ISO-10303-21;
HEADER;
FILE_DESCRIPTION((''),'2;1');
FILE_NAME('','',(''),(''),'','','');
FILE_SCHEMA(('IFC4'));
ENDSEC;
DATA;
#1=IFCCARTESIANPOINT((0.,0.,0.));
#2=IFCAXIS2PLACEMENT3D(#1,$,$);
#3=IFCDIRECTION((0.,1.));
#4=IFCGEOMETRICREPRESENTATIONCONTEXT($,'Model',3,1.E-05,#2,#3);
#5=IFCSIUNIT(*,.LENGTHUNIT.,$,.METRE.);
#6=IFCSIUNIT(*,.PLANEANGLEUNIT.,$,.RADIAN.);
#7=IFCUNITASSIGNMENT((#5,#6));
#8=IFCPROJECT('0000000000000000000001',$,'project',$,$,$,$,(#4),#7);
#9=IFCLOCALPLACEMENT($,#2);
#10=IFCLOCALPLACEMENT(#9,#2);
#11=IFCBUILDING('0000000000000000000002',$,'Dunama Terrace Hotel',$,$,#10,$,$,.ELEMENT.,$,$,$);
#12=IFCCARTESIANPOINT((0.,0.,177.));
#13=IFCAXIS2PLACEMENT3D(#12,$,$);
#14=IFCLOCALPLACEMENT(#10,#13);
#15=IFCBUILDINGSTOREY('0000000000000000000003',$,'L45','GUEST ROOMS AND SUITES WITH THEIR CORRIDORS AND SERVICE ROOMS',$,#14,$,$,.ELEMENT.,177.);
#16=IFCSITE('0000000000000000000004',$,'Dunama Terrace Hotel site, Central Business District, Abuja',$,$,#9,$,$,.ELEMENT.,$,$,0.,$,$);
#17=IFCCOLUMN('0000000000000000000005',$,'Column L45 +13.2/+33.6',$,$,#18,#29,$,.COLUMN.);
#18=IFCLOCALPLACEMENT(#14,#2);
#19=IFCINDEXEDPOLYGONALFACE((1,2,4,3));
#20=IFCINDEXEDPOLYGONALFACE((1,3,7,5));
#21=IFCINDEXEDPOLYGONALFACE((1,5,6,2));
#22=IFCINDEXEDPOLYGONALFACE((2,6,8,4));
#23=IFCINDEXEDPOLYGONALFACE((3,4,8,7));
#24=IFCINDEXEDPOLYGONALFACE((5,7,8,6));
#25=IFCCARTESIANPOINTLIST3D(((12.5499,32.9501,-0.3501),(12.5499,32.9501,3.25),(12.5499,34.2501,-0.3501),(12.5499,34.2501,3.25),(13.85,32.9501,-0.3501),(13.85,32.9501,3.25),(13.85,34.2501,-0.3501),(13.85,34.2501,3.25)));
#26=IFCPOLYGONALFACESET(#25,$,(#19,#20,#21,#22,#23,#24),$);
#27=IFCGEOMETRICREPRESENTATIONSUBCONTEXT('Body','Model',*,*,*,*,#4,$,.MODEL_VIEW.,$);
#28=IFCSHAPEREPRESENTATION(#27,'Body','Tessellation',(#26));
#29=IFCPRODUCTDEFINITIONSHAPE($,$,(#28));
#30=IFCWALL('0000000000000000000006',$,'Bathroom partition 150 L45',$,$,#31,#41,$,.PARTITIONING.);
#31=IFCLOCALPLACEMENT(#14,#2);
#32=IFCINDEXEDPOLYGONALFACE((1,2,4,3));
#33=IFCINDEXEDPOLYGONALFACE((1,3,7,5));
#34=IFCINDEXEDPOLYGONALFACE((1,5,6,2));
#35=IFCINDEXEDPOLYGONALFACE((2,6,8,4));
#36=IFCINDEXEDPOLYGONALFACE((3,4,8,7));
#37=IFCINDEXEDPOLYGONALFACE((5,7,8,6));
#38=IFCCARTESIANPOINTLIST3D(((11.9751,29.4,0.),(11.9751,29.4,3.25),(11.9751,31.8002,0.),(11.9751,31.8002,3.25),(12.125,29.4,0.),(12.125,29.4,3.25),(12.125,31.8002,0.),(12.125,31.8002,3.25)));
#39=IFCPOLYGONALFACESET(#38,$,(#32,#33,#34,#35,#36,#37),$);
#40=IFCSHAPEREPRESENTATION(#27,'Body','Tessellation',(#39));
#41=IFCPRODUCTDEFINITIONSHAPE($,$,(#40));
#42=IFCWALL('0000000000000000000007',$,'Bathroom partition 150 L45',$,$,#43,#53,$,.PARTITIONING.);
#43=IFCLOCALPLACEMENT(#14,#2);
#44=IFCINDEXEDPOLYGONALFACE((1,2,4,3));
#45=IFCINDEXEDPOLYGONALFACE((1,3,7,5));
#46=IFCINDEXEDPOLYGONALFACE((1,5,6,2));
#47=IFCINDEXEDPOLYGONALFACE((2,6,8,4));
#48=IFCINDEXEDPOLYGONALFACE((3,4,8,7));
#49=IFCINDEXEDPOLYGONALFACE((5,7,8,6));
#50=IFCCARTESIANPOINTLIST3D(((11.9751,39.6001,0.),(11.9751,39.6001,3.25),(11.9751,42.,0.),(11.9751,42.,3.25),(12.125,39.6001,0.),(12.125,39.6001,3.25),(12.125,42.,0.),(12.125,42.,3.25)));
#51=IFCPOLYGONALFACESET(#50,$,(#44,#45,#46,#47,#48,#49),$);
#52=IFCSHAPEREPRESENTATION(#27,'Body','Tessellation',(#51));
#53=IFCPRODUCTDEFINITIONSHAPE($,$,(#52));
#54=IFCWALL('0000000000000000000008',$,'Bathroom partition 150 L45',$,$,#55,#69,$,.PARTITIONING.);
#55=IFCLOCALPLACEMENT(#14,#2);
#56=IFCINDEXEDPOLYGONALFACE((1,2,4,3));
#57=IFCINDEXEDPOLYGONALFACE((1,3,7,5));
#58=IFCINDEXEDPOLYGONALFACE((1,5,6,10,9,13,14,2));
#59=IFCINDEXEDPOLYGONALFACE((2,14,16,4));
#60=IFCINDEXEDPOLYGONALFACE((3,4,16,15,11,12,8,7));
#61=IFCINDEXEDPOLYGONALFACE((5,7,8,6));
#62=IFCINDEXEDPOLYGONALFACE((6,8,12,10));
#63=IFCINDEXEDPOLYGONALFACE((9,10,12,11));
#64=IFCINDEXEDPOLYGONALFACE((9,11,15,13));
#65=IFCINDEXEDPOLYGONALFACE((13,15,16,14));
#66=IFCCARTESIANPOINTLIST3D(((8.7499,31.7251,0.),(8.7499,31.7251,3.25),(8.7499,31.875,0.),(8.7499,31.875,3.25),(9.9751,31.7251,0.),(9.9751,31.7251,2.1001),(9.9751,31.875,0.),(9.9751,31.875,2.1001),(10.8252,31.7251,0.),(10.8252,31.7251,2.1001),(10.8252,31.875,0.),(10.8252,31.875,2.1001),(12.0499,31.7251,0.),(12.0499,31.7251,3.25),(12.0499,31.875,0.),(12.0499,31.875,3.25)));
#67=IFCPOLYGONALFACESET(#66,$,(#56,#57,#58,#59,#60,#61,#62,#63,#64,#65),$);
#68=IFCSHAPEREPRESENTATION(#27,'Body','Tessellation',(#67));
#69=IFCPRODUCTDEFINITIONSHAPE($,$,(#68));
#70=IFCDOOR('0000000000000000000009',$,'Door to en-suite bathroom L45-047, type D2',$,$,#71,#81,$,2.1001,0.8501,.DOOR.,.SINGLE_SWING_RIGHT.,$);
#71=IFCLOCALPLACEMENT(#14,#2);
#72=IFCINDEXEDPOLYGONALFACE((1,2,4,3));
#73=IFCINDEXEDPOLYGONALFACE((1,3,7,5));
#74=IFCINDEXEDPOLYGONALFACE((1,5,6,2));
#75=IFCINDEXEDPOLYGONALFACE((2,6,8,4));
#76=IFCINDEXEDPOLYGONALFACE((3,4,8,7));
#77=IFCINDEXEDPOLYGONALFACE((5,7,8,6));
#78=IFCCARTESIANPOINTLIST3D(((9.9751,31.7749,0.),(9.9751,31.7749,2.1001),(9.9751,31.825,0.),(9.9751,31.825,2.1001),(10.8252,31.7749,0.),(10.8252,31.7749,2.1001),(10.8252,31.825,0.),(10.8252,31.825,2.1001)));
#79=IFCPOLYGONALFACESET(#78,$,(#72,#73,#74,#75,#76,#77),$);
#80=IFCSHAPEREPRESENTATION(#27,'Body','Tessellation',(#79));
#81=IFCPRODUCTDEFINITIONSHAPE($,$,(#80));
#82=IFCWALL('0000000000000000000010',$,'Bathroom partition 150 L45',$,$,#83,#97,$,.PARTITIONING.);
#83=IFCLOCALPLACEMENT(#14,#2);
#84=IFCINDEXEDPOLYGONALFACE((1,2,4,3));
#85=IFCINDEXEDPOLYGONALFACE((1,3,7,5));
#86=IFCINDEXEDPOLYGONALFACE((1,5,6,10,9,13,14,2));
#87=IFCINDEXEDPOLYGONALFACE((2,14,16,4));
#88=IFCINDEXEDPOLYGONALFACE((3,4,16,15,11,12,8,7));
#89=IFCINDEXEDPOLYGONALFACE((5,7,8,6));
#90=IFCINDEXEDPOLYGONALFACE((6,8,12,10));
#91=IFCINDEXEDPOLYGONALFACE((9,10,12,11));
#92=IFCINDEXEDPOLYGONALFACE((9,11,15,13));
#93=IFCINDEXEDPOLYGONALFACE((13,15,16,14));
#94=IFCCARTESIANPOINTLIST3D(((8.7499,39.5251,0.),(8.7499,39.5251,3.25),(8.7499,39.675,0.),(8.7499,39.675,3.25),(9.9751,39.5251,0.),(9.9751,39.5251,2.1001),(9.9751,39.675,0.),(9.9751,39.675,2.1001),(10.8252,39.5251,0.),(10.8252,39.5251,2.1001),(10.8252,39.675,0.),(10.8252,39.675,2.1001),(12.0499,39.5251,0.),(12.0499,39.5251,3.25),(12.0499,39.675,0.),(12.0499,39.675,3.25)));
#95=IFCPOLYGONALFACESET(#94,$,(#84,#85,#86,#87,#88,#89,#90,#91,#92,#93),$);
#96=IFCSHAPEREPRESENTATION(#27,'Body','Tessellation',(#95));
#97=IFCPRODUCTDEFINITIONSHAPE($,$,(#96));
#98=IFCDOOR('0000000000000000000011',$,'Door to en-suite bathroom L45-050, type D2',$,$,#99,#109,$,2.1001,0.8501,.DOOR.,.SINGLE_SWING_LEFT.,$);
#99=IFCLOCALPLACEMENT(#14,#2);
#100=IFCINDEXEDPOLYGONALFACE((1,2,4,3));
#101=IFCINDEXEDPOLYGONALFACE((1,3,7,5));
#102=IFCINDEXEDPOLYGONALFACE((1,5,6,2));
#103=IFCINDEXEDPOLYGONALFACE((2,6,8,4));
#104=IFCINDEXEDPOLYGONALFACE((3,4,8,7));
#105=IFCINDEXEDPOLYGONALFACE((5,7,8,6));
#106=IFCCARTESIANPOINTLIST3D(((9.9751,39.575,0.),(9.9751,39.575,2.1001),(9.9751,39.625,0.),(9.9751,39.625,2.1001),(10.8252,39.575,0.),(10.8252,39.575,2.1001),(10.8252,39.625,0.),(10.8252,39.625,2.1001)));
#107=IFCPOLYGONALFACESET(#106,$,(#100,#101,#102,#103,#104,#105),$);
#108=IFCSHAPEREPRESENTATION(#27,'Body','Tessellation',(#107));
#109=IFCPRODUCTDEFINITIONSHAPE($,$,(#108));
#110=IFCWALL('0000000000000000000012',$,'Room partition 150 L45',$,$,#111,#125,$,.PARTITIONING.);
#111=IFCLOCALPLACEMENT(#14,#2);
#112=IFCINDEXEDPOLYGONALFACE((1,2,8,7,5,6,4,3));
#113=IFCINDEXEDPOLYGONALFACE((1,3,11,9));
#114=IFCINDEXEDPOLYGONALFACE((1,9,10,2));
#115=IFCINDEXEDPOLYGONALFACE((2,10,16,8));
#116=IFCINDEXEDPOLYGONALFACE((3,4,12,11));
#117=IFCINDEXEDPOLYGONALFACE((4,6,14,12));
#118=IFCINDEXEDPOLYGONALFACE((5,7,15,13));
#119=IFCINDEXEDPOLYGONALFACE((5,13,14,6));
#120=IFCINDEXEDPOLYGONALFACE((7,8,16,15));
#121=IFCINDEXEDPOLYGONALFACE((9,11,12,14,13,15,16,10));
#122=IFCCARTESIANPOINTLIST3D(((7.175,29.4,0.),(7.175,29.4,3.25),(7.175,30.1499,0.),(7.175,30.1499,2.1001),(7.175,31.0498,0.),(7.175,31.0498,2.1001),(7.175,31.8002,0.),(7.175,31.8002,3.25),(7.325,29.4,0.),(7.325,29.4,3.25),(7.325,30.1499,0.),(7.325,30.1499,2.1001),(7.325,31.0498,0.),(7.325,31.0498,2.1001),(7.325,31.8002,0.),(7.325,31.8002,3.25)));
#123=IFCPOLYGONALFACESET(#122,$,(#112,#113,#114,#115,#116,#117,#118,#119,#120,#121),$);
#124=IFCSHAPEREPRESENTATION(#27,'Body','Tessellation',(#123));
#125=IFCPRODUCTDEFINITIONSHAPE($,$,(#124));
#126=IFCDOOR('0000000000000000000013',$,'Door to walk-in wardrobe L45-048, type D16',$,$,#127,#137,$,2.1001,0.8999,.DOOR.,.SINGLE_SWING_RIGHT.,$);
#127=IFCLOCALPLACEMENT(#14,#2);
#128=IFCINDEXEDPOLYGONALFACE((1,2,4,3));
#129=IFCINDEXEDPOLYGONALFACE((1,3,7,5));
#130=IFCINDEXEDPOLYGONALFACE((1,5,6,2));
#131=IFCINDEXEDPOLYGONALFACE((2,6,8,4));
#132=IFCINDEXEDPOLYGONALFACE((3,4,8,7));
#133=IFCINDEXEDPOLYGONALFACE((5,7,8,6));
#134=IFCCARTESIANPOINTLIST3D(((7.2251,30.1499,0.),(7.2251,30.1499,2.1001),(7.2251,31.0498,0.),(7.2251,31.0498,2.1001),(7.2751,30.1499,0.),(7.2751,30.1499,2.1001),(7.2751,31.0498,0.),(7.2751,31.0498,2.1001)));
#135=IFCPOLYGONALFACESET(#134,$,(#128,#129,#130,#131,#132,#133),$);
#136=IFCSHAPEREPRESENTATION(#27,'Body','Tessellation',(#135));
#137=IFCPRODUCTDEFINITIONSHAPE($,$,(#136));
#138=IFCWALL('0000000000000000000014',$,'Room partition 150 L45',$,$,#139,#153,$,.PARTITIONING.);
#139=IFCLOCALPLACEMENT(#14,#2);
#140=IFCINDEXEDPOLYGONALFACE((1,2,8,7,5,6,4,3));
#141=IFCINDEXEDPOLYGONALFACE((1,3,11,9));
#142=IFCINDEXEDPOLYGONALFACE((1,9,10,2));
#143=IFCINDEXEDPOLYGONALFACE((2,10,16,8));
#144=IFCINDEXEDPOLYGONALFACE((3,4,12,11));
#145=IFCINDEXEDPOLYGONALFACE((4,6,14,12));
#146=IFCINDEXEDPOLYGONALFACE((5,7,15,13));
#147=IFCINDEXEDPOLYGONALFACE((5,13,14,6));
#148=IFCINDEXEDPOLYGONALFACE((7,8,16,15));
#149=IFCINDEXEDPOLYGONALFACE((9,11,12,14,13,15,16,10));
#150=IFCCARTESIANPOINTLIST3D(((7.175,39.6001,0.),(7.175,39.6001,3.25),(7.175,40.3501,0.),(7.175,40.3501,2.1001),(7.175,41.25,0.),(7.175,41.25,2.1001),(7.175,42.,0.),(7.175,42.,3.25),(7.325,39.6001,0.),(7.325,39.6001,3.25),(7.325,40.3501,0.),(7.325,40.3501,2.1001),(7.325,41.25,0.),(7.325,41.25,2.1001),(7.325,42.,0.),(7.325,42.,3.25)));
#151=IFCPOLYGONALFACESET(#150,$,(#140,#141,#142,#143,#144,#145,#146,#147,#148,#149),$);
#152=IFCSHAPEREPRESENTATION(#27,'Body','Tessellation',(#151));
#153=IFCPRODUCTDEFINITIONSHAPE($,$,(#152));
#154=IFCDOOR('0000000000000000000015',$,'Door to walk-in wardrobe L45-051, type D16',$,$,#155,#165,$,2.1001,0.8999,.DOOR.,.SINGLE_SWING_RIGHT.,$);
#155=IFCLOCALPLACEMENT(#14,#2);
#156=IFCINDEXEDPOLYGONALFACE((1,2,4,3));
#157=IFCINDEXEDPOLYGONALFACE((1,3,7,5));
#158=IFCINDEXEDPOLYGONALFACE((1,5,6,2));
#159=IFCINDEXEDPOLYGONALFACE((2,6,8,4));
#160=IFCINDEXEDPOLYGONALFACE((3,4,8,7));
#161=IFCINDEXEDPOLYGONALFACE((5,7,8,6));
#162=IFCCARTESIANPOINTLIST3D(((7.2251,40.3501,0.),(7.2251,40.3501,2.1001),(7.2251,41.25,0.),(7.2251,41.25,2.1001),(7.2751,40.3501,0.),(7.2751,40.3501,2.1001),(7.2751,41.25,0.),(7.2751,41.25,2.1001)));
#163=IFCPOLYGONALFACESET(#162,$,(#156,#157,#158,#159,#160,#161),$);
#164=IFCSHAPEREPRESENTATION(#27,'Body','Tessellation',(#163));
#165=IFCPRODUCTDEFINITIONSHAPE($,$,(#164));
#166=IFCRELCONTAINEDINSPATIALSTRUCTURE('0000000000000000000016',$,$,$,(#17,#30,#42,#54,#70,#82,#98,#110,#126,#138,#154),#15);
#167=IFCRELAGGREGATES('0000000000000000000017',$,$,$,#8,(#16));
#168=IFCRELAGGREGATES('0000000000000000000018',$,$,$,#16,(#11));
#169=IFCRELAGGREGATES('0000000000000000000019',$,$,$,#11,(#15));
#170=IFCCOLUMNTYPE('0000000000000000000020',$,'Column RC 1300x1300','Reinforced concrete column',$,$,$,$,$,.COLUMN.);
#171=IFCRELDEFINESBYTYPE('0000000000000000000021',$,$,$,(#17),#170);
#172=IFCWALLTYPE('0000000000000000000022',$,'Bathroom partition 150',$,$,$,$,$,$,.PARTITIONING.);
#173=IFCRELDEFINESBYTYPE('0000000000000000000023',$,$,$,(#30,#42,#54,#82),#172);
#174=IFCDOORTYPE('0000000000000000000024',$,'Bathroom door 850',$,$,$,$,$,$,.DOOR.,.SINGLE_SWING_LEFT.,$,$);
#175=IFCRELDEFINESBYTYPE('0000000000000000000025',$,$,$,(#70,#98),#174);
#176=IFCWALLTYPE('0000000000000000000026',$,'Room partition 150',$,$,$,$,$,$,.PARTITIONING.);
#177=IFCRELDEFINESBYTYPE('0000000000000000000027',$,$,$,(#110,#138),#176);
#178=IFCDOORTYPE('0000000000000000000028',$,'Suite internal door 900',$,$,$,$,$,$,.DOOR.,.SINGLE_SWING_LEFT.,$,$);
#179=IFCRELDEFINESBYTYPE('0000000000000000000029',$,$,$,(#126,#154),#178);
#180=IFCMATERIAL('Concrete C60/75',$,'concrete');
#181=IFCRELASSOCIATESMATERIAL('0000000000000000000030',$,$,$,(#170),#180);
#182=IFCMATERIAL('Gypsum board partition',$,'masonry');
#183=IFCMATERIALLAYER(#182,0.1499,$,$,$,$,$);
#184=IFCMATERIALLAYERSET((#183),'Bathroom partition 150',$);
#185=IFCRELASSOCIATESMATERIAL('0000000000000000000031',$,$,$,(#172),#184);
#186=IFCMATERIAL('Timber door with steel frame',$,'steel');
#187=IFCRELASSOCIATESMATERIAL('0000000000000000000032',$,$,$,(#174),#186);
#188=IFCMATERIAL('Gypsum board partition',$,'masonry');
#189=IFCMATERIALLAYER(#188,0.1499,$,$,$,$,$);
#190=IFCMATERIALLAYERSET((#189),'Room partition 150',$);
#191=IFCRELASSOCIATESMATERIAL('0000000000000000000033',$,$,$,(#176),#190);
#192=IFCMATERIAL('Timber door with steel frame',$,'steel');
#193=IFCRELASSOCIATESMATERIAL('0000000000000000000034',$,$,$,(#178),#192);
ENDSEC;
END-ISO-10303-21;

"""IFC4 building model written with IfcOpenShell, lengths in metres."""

from ifc_helpers import new_model, si_unit, direction, frame, frame_2d, origin, origin_2d, place, context, subcontext, project, spatial, rectangle, extrude, material, layer, layer_set, material_profile, profile_set, type_object, element, fill, save


model = new_model("IFC4")

# Units and contexts
model_context = context("Model", 3, precision=1e-05, world=origin(), true_north=direction((0.0, 1.0)))
body_context = subcontext(model_context, "Body", "Model", "MODEL_VIEW")
ifc_project = project(units=[si_unit("LENGTHUNIT", "METRE"), si_unit("PLANEANGLEUNIT", "RADIAN")], contexts=[model_context])

# Site, building, storey
site_placement = place(None, origin())
site = spatial("IfcSite", under=ifc_project, at=site_placement, Name="Dunama Terrace Hotel site, Central Business District, Abuja", CompositionType="ELEMENT", RefElevation=0.0)
building_placement = place(site_placement, origin())
building = spatial("IfcBuilding", under=site, at=building_placement, Name="Dunama Terrace Hotel", CompositionType="ELEMENT")
storey_placement = place(building_placement, frame((0.0, 0.0, 177.0)))
storey = spatial("IfcBuildingStorey", under=building, at=storey_placement, Name="L45", Description="GUEST ROOMS AND SUITES WITH THEIR CORRIDORS AND SERVICE ROOMS", CompositionType="ELEMENT", Elevation=177.0)

# Column
ifc_material_1 = material(Name="Concrete C60/75", Category="concrete")
ifc_material_profile = material_profile(ifc_material_1, rectangle(XDim=1.3, YDim=1.3, at=origin_2d()), Name="RC 1300x1300")
ifc_profile_set = profile_set([ifc_material_profile], Name="Concrete C60/75")
column_type = type_object("IfcColumnType", Name="Column RC 1300x1300", Description="Reinforced concrete column", PredefinedType="COLUMN", material=ifc_profile_set)
column_placement = place(storey_placement, frame((13.2, 33.6001, -0.3501), z_axis=(0.0, 0.0, 1.0), x_axis=(1.0, 0.0, 0.0)))
element("IfcColumn", 1, at=column_placement, inside=storey, type_object=column_type, Name="Column L45 +13.2/+33.6", PredefinedType="COLUMN", context=body_context, shape_type="SweptSolid", body=[
    extrude(rectangle(XDim=1.3, YDim=1.3, at=origin_2d()), origin(), (0.0, 0.0, 1.0), 3.6001),
])

# Walls
ifc_material_2 = material(Name="Gypsum board partition", Category="masonry")
ifc_layer_1 = layer(ifc_material_2, 0.1499)
ifc_layer_set_1 = layer_set([ifc_layer_1], Name="Bathroom partition 150")
wall_type_1 = type_object("IfcWallType", Name="Bathroom partition 150", PredefinedType="PARTITIONING", material=ifc_layer_set_1)
wall_1_placement = place(storey_placement, frame((12.05, 29.3999, 0.0), z_axis=(0.0, 0.0, 1.0), x_axis=(0.0, 1.0, 0.0)))
element("IfcWall", 2, at=wall_1_placement, inside=storey, type_object=wall_type_1, Name="Bathroom partition 150 L45", PredefinedType="PARTITIONING", context=body_context, shape_type="SweptSolid", body=[
    extrude(rectangle(XDim=2.4001, YDim=0.1499, at=frame_2d((1.2002, 0.0))), origin(), (0.0, 0.0, 1.0), 3.25),
])
wall_2_placement = place(storey_placement, frame((12.05, 39.6001, 0.0), z_axis=(0.0, 0.0, 1.0), x_axis=(0.0, 1.0, 0.0)))
element("IfcWall", 3, at=wall_2_placement, inside=storey, type_object=wall_type_1, Name="Bathroom partition 150 L45", PredefinedType="PARTITIONING", context=body_context, shape_type="SweptSolid", body=[
    extrude(rectangle(XDim=2.3999, YDim=0.1499, at=frame_2d((1.2, 0.0))), origin(), (0.0, 0.0, 1.0), 3.25),
])

# Walls, openings, doors
wall_3_placement = place(storey_placement, frame((8.75, 31.8, 0.0), z_axis=(0.0, 0.0, 1.0), x_axis=(1.0, 0.0, 0.0)))
wall_3 = element("IfcWall", 4, at=wall_3_placement, inside=storey, type_object=wall_type_1, Name="Bathroom partition 150 L45", PredefinedType="PARTITIONING", context=body_context, shape_type="SweptSolid", body=[
    extrude(rectangle(XDim=3.3, YDim=0.1499, at=frame_2d((1.6499, 0.0))), origin(), (0.0, 0.0, 1.0), 3.25),
])
opening_1_placement = place(wall_3_placement, frame((1.2251, 0.0, 0.0)))
opening_1 = element("IfcOpeningElement", 5, at=opening_1_placement, cuts=wall_3, PredefinedType="OPENING", context=body_context, shape_type="SweptSolid", body=[
    extrude(rectangle(XDim=0.8501, YDim=2.1001, at=frame_2d((0.425, 1.05))), frame((0.0, 0.085, 0.0), z_axis=(0.0, -1.0, 0.0), x_axis=(1.0, 0.0, 0.0)), (0.0, 0.0, 1.0), 0.1699),
])
ifc_material_3 = material(Name="Timber door with steel frame", Category="steel")
door_type_1 = type_object("IfcDoorType", Name="Bathroom door 850", OperationType="SINGLE_SWING_LEFT", PredefinedType="DOOR", material=ifc_material_3)
door_1_placement = place(opening_1_placement, frame((0.8501, 0.0, 0.0), z_axis=(0.0, 0.0, 1.0), x_axis=(-1.0, 0.0, 0.0)))
door_1 = element("IfcDoor", 6, at=door_1_placement, inside=storey, type_object=door_type_1, Name="Door to en-suite bathroom L45-047, type D2", OperationType="SINGLE_SWING_RIGHT", OverallHeight=2.1001, OverallWidth=0.8501, PredefinedType="DOOR", context=body_context, shape_type="SweptSolid", body=[
    extrude(rectangle(XDim=0.8501, YDim=2.1001, at=frame_2d((0.425, 1.05))), frame((0.0, 0.0251, 0.0), z_axis=(0.0, -1.0, 0.0), x_axis=(1.0, 0.0, 0.0)), (0.0, 0.0, 1.0), 0.05),
])
fill(opening_1, door_1)
wall_4_placement = place(storey_placement, frame((8.75, 39.6001, 0.0), z_axis=(0.0, 0.0, 1.0), x_axis=(1.0, 0.0, 0.0)))
wall_4 = element("IfcWall", 7, at=wall_4_placement, inside=storey, type_object=wall_type_1, Name="Bathroom partition 150 L45", PredefinedType="PARTITIONING", context=body_context, shape_type="SweptSolid", body=[
    extrude(rectangle(XDim=3.3, YDim=0.1499, at=frame_2d((1.6499, 0.0))), origin(), (0.0, 0.0, 1.0), 3.25),
])
opening_2_placement = place(wall_4_placement, frame((1.2251, 0.0, 0.0)))
opening_2 = element("IfcOpeningElement", 8, at=opening_2_placement, cuts=wall_4, PredefinedType="OPENING", context=body_context, shape_type="SweptSolid", body=[
    extrude(rectangle(XDim=0.8501, YDim=2.1001, at=frame_2d((0.425, 1.05))), frame((0.0, 0.085, 0.0), z_axis=(0.0, -1.0, 0.0), x_axis=(1.0, 0.0, 0.0)), (0.0, 0.0, 1.0), 0.1699),
])
door_2_placement = place(opening_2_placement, origin())
door_2 = element("IfcDoor", 9, at=door_2_placement, inside=storey, type_object=door_type_1, Name="Door to en-suite bathroom L45-050, type D2", OperationType="SINGLE_SWING_LEFT", OverallHeight=2.1001, OverallWidth=0.8501, PredefinedType="DOOR", context=body_context, shape_type="SweptSolid", body=[
    extrude(rectangle(XDim=0.8501, YDim=2.1001, at=frame_2d((0.425, 1.05))), frame((0.0, 0.0249, 0.0), z_axis=(0.0, -1.0, 0.0), x_axis=(1.0, 0.0, 0.0)), (0.0, 0.0, 1.0), 0.05),
])
fill(opening_2, door_2)
ifc_material_4 = material(Name="Gypsum board partition", Category="masonry")
ifc_layer_2 = layer(ifc_material_4, 0.1499)
ifc_layer_set_2 = layer_set([ifc_layer_2], Name="Room partition 150")
wall_type_2 = type_object("IfcWallType", Name="Room partition 150", PredefinedType="PARTITIONING", material=ifc_layer_set_2)
wall_5_placement = place(storey_placement, frame((7.25, 29.3999, 0.0), z_axis=(0.0, 0.0, 1.0), x_axis=(0.0, 1.0, 0.0)))
wall_5 = element("IfcWall", 10, at=wall_5_placement, inside=storey, type_object=wall_type_2, Name="Room partition 150 L45", PredefinedType="PARTITIONING", context=body_context, shape_type="SweptSolid", body=[
    extrude(rectangle(XDim=2.4001, YDim=0.1499, at=frame_2d((1.2002, 0.0))), origin(), (0.0, 0.0, 1.0), 3.25),
])
opening_3_placement = place(wall_5_placement, frame((0.75, 0.0, 0.0)))
opening_3 = element("IfcOpeningElement", 11, at=opening_3_placement, cuts=wall_5, PredefinedType="OPENING", context=body_context, shape_type="SweptSolid", body=[
    extrude(rectangle(XDim=0.8999, YDim=2.1001, at=frame_2d((0.45, 1.05))), frame((0.0, 0.085, 0.0), z_axis=(0.0, -1.0, 0.0), x_axis=(1.0, 0.0, 0.0)), (0.0, 0.0, 1.0), 0.1699),
])
ifc_material_5 = material(Name="Timber door with steel frame", Category="steel")
door_type_2 = type_object("IfcDoorType", Name="Suite internal door 900", OperationType="SINGLE_SWING_LEFT", PredefinedType="DOOR", material=ifc_material_5)
door_3_placement = place(opening_3_placement, frame((0.8999, 0.0, 0.0), z_axis=(0.0, 0.0, 1.0), x_axis=(-1.0, 0.0, 0.0)))
door_3 = element("IfcDoor", 12, at=door_3_placement, inside=storey, type_object=door_type_2, Name="Door to walk-in wardrobe L45-048, type D16", OperationType="SINGLE_SWING_RIGHT", OverallHeight=2.1001, OverallWidth=0.8999, PredefinedType="DOOR", context=body_context, shape_type="SweptSolid", body=[
    extrude(rectangle(XDim=0.8999, YDim=2.1001, at=frame_2d((0.45, 1.05))), frame((0.0, 0.0251, 0.0), z_axis=(0.0, -1.0, 0.0), x_axis=(1.0, 0.0, 0.0)), (0.0, 0.0, 1.0), 0.05),
])
fill(opening_3, door_3)
wall_6_placement = place(storey_placement, frame((7.25, 39.6001, 0.0), z_axis=(0.0, 0.0, 1.0), x_axis=(0.0, 1.0, 0.0)))
wall_6 = element("IfcWall", 13, at=wall_6_placement, inside=storey, type_object=wall_type_2, Name="Room partition 150 L45", PredefinedType="PARTITIONING", context=body_context, shape_type="SweptSolid", body=[
    extrude(rectangle(XDim=2.3999, YDim=0.1499, at=frame_2d((1.2, 0.0))), origin(), (0.0, 0.0, 1.0), 3.25),
])
opening_4_placement = place(wall_6_placement, frame((0.75, 0.0, 0.0)))
opening_4 = element("IfcOpeningElement", 14, at=opening_4_placement, cuts=wall_6, PredefinedType="OPENING", context=body_context, shape_type="SweptSolid", body=[
    extrude(rectangle(XDim=0.8999, YDim=2.1001, at=frame_2d((0.45, 1.05))), frame((0.0, 0.085, 0.0), z_axis=(0.0, -1.0, 0.0), x_axis=(1.0, 0.0, 0.0)), (0.0, 0.0, 1.0), 0.1699),
])
door_4_placement = place(opening_4_placement, frame((0.8999, 0.0, 0.0), z_axis=(0.0, 0.0, 1.0), x_axis=(-1.0, 0.0, 0.0)))
door_4 = element("IfcDoor", 15, at=door_4_placement, inside=storey, type_object=door_type_2, Name="Door to walk-in wardrobe L45-051, type D16", OperationType="SINGLE_SWING_RIGHT", OverallHeight=2.1001, OverallWidth=0.8999, PredefinedType="DOOR", context=body_context, shape_type="SweptSolid", body=[
    extrude(rectangle(XDim=0.8999, YDim=2.1001, at=frame_2d((0.45, 1.05))), frame((0.0, 0.0251, 0.0), z_axis=(0.0, -1.0, 0.0), x_axis=(1.0, 0.0, 0.0)), (0.0, 0.0, 1.0), 0.05),
])
fill(opening_4, door_4)

save(model, "model.ifc")
